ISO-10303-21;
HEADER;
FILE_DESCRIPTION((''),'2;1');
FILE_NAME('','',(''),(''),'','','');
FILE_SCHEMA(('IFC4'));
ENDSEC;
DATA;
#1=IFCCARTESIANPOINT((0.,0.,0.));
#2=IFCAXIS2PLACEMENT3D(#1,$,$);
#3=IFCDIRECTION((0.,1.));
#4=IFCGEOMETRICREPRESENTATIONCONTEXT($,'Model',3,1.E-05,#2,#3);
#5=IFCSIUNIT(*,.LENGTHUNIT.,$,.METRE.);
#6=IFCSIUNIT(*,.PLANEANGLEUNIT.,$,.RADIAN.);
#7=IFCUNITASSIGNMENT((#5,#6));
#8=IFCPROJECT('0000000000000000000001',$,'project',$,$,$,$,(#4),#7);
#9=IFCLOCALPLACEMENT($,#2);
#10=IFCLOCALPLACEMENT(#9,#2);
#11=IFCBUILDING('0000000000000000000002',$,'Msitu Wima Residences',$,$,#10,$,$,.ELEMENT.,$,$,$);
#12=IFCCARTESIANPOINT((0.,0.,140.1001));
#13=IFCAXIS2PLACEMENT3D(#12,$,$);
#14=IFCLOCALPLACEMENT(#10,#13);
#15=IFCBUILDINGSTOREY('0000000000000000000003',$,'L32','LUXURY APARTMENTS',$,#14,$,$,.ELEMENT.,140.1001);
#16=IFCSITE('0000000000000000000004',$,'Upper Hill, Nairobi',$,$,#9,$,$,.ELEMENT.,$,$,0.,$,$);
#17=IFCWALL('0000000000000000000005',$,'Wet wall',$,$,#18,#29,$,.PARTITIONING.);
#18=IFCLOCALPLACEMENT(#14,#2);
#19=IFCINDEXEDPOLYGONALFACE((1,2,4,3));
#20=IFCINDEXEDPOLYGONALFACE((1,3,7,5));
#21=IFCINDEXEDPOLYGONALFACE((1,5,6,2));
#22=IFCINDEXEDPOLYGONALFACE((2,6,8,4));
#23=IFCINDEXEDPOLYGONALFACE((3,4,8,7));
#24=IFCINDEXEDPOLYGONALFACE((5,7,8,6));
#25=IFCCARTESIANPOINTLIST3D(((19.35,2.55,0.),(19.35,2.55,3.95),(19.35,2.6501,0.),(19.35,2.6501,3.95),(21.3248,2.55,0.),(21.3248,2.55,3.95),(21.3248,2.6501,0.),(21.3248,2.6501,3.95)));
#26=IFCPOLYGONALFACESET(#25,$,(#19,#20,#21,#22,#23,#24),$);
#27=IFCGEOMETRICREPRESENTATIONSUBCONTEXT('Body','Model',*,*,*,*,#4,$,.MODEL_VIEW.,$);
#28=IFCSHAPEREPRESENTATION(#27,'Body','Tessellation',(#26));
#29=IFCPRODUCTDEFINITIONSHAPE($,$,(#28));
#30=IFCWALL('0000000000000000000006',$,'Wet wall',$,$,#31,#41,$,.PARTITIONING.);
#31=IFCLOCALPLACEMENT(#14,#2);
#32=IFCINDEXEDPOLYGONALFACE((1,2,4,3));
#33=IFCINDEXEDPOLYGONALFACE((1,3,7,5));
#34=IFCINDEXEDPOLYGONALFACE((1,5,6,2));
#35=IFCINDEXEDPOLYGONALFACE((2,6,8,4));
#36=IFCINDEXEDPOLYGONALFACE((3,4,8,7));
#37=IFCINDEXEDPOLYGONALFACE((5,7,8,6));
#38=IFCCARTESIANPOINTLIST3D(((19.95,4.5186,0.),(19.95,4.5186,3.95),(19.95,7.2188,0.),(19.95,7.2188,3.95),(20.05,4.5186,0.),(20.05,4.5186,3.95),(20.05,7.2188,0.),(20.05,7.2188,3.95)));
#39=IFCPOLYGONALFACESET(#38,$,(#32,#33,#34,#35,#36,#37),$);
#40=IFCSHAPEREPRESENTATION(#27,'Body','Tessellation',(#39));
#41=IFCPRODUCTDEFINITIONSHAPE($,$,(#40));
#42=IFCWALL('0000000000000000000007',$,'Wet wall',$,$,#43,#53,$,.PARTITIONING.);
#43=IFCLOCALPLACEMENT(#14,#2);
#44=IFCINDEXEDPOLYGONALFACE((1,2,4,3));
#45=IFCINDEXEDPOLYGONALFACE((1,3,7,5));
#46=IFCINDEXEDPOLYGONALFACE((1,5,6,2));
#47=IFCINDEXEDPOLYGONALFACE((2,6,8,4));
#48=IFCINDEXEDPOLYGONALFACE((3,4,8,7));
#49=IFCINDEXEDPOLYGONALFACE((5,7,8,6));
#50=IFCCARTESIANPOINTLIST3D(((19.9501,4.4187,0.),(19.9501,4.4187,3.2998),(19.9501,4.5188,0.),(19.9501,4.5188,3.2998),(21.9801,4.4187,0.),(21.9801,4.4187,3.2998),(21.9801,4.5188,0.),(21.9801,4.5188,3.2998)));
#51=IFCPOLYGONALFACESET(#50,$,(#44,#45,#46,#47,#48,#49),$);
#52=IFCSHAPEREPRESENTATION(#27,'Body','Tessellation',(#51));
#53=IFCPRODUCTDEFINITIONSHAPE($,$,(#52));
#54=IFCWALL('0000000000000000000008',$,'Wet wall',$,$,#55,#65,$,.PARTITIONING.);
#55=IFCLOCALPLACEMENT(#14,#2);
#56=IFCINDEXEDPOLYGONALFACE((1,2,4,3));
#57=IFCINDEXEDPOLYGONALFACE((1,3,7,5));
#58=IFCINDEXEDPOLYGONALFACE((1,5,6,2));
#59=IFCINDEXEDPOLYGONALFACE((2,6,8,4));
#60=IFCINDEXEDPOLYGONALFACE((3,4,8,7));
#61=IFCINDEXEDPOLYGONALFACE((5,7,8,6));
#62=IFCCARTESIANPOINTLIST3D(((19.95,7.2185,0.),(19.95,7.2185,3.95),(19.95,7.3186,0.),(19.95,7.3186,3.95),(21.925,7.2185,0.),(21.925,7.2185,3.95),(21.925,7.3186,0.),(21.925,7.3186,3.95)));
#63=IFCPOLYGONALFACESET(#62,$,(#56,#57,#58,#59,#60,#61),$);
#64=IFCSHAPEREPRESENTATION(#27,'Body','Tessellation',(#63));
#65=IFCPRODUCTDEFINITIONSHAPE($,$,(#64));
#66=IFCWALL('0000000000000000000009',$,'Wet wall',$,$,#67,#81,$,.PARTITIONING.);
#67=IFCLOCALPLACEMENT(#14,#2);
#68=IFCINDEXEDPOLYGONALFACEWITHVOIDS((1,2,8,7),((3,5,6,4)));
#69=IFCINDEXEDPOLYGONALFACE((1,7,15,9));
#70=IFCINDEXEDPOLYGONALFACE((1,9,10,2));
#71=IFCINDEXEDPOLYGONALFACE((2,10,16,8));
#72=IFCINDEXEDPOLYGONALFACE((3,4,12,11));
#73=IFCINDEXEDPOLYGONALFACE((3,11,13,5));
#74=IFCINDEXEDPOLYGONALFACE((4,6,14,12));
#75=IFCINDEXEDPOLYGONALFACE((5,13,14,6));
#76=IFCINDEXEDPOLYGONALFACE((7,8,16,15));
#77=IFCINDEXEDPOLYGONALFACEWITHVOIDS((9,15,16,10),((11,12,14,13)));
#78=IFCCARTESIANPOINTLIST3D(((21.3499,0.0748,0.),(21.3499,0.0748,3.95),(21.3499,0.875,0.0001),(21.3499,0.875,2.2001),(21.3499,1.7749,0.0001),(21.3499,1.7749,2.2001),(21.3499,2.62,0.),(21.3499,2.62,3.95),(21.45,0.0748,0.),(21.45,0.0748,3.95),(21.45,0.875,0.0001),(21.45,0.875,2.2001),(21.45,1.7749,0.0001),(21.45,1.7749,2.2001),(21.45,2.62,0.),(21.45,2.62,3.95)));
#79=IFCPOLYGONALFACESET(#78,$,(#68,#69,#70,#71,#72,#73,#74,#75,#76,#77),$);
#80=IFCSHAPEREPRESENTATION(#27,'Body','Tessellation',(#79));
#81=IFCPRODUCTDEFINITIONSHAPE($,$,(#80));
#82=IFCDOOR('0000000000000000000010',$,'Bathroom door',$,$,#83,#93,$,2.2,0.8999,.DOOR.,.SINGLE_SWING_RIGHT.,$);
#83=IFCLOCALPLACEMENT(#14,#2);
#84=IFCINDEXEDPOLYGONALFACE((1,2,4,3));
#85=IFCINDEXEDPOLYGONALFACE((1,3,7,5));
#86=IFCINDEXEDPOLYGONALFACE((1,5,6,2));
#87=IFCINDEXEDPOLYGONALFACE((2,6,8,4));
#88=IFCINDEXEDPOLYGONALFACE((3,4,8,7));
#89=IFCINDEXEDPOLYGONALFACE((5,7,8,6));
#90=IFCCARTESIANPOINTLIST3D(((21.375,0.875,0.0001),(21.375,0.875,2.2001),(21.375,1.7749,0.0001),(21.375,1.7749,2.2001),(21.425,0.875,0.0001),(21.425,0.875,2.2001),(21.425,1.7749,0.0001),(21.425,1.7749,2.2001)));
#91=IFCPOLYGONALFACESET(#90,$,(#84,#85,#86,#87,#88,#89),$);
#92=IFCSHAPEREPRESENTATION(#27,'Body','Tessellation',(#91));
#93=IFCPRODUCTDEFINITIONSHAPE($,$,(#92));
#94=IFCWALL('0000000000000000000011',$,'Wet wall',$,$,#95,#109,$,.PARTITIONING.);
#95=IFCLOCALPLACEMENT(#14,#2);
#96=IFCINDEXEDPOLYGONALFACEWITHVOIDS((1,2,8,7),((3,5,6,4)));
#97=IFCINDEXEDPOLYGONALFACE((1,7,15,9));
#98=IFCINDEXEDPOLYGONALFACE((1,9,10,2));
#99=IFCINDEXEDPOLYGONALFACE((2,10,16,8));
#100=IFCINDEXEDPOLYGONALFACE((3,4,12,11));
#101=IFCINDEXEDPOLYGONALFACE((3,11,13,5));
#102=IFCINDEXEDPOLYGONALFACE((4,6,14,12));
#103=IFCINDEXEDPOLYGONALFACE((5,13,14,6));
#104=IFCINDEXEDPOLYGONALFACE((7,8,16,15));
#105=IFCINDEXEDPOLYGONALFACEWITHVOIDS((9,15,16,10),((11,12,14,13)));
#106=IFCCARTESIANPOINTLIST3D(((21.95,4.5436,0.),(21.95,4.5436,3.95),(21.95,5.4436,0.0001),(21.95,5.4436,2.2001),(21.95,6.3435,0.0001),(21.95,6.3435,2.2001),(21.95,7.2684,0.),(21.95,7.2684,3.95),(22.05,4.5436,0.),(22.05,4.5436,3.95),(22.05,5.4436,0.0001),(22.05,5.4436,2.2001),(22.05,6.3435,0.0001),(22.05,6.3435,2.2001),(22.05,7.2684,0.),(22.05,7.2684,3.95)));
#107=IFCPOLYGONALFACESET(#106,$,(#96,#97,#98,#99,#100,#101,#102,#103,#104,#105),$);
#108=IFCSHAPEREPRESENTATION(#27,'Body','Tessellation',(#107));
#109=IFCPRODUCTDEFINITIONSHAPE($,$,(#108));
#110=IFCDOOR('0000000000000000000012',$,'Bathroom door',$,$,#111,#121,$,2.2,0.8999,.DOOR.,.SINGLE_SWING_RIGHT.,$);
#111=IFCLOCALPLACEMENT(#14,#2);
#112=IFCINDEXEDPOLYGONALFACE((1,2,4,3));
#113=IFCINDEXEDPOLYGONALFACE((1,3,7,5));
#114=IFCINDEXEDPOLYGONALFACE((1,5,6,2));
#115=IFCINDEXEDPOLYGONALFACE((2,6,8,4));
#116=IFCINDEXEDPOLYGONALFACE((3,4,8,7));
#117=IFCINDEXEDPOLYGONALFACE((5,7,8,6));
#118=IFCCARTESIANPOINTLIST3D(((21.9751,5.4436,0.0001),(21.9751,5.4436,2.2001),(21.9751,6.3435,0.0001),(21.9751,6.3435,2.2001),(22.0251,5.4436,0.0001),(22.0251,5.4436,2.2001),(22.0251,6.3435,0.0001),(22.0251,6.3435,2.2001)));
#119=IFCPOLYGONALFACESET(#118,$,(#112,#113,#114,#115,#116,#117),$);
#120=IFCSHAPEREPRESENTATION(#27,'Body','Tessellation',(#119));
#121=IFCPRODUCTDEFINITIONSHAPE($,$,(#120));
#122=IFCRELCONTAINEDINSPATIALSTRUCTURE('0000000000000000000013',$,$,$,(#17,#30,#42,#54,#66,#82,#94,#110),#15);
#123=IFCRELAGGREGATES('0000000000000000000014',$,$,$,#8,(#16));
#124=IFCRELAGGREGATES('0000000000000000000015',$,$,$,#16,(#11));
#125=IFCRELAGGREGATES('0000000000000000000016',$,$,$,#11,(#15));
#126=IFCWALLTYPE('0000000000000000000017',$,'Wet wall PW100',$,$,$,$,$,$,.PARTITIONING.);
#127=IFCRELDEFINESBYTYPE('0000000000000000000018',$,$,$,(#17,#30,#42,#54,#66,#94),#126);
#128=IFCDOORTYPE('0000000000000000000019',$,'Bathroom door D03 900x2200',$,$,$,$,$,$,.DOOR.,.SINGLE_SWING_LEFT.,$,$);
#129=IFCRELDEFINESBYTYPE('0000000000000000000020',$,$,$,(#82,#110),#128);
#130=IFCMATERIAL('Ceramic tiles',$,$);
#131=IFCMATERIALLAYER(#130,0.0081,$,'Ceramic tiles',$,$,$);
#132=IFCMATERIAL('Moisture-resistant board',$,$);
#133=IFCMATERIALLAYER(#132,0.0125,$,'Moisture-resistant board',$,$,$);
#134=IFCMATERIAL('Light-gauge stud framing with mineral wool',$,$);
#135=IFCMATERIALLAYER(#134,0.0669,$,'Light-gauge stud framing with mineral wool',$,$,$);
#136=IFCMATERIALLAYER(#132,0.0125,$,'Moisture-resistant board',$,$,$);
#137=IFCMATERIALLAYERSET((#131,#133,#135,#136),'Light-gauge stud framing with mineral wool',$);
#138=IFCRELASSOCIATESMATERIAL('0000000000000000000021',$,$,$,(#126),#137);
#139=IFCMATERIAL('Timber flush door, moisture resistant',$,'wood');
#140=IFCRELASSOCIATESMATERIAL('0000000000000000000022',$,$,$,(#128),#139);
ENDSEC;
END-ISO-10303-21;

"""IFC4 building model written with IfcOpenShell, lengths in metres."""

from ifc_helpers import new_model, si_unit, direction, frame, frame_2d, origin, place, context, subcontext, project, spatial, rectangle, extrude, material, layer, layer_set, type_object, element, fill, save


model = new_model("IFC4")

# Units and contexts
model_context = context("Model", 3, precision=1e-05, world=origin(), true_north=direction((0.0, 1.0)))
body_context = subcontext(model_context, "Body", "Model", "MODEL_VIEW")
ifc_project = project(units=[si_unit("LENGTHUNIT", "METRE"), si_unit("PLANEANGLEUNIT", "RADIAN")], contexts=[model_context])

# Site, building, storey
site_placement = place(None, origin())
site = spatial("IfcSite", under=ifc_project, at=site_placement, Name="Upper Hill, Nairobi", CompositionType="ELEMENT", RefElevation=0.0)
building_placement = place(site_placement, origin())
building = spatial("IfcBuilding", under=site, at=building_placement, Name="Msitu Wima Residences", CompositionType="ELEMENT")
storey_placement = place(building_placement, frame((0.0, 0.0, 140.1001)))
storey = spatial("IfcBuildingStorey", under=building, at=storey_placement, Name="L32", Description="LUXURY APARTMENTS", CompositionType="ELEMENT", Elevation=140.1001)

# Walls
ifc_material_1 = material(Name="Ceramic tiles")
ifc_layer_1 = layer(ifc_material_1, 0.0081, Name="Ceramic tiles")
ifc_material_2 = material(Name="Moisture-resistant board")
ifc_layer_2 = layer(ifc_material_2, 0.0125, Name="Moisture-resistant board")
ifc_material_3 = material(Name="Light-gauge stud framing with mineral wool")
ifc_layer_3 = layer(ifc_material_3, 0.0669, Name="Light-gauge stud framing with mineral wool")
ifc_layer_4 = layer(ifc_material_2, 0.0125, Name="Moisture-resistant board")
ifc_layer_set_1 = layer_set([ifc_layer_1, ifc_layer_2, ifc_layer_3, ifc_layer_4], Name="Light-gauge stud framing with mineral wool")
wall_type_1 = type_object("IfcWallType", Name="Wet wall PW100", PredefinedType="PARTITIONING", material=ifc_layer_set_1)
wall_1_placement = place(storey_placement, frame((19.3501, 2.6001, 0.0), z_axis=(0.0, 0.0, 1.0), x_axis=(1.0, 0.0, 0.0)))
element("IfcWall", 1, at=wall_1_placement, inside=storey, type_object=wall_type_1, Name="Wet wall", PredefinedType="PARTITIONING", context=body_context, shape_type="SweptSolid", body=[
    extrude(rectangle(XDim=1.9749, YDim=0.1001, at=frame_2d((0.9873, 0.0))), origin(), (0.0, 0.0, 1.0), 3.95),
])
wall_2_placement = place(storey_placement, frame((20.0, 4.5186, 0.0), z_axis=(0.0, 0.0, 1.0), x_axis=(0.0, 1.0, 0.0)))
element("IfcWall", 2, at=wall_2_placement, inside=storey, type_object=wall_type_1, Name="Wet wall", PredefinedType="PARTITIONING", context=body_context, shape_type="SweptSolid", body=[
    extrude(rectangle(XDim=2.7002, YDim=0.1001, at=frame_2d((1.3501, 0.0))), origin(), (0.0, 0.0, 1.0), 3.95),
])
wall_3_placement = place(storey_placement, frame((19.95, 4.4688, 0.0), z_axis=(0.0, 0.0, 1.0), x_axis=(1.0, 0.0, 0.0)))
element("IfcWall", 3, at=wall_3_placement, inside=storey, type_object=wall_type_1, Name="Wet wall", PredefinedType="PARTITIONING", context=body_context, shape_type="SweptSolid", body=[
    extrude(rectangle(XDim=2.03, YDim=0.1001, at=frame_2d((1.0151, 0.0))), origin(), (0.0, 0.0, 1.0), 3.2998),
])
wall_4_placement = place(storey_placement, frame((19.95, 7.2686, 0.0), z_axis=(0.0, 0.0, 1.0), x_axis=(1.0, 0.0, 0.0)))
element("IfcWall", 4, at=wall_4_placement, inside=storey, type_object=wall_type_1, Name="Wet wall", PredefinedType="PARTITIONING", context=body_context, shape_type="SweptSolid", body=[
    extrude(rectangle(XDim=1.9751, YDim=0.1001, at=frame_2d((0.9875, 0.0))), origin(), (0.0, 0.0, 1.0), 3.95),
])

# Walls, openings, doors
wall_5_placement = place(storey_placement, frame((21.3999, 0.075, 0.0), z_axis=(0.0, 0.0, 1.0), x_axis=(0.0, 1.0, 0.0)))
wall_5 = element("IfcWall", 5, at=wall_5_placement, inside=storey, type_object=wall_type_1, Name="Wet wall", PredefinedType="PARTITIONING", context=body_context, shape_type="SweptSolid", body=[
    extrude(rectangle(XDim=2.5452, YDim=0.1001, at=frame_2d((1.2725, 0.0))), origin(), (0.0, 0.0, 1.0), 3.95),
])
opening_1_placement = place(wall_5_placement, frame((0.8, 0.0, 0.0)))
opening_1 = element("IfcOpeningElement", 6, at=opening_1_placement, cuts=wall_5, PredefinedType="OPENING", context=body_context, shape_type="SweptSolid", body=[
    extrude(rectangle(XDim=0.8999, YDim=2.2, at=frame_2d((0.45, 1.1001))), frame((0.0, 0.0601, 0.0), z_axis=(0.0, -1.0, 0.0), x_axis=(1.0, 0.0, 0.0)), (0.0, 0.0, 1.0), 0.1201),
])
ifc_material_4 = material(Name="Timber flush door, moisture resistant", Category="wood")
door_type_1 = type_object("IfcDoorType", Name="Bathroom door D03 900x2200", OperationType="SINGLE_SWING_LEFT", PredefinedType="DOOR", material=ifc_material_4)
door_1_placement = place(opening_1_placement, origin())
door_1 = element("IfcDoor", 7, at=door_1_placement, inside=storey, type_object=door_type_1, Name="Bathroom door", OperationType="SINGLE_SWING_RIGHT", OverallHeight=2.2, OverallWidth=0.8999, PredefinedType="DOOR", context=body_context, shape_type="SweptSolid", body=[
    extrude(rectangle(XDim=0.8999, YDim=2.2, at=frame_2d((0.45, 1.1001))), frame((0.0, 0.0249, 0.0), z_axis=(0.0, -1.0, 0.0), x_axis=(1.0, 0.0, 0.0)), (0.0, 0.0, 1.0), 0.05),
])
fill(opening_1, door_1)
wall_6_placement = place(storey_placement, frame((22.0, 4.5437, 0.0), z_axis=(0.0, 0.0, 1.0), x_axis=(0.0, 1.0, 0.0)))
wall_6 = element("IfcWall", 8, at=wall_6_placement, inside=storey, type_object=wall_type_1, Name="Wet wall", PredefinedType="PARTITIONING", context=body_context, shape_type="SweptSolid", body=[
    extrude(rectangle(XDim=2.7249, YDim=0.1001, at=frame_2d((1.3623, 0.0))), origin(), (0.0, 0.0, 1.0), 3.95),
])
opening_2_placement = place(wall_6_placement, frame((0.8999, 0.0, 0.0)))
opening_2 = element("IfcOpeningElement", 9, at=opening_2_placement, cuts=wall_6, PredefinedType="OPENING", context=body_context, shape_type="SweptSolid", body=[
    extrude(rectangle(XDim=0.8999, YDim=2.2, at=frame_2d((0.45, 1.1001))), frame((0.0, 0.0601, 0.0), z_axis=(0.0, -1.0, 0.0), x_axis=(1.0, 0.0, 0.0)), (0.0, 0.0, 1.0), 0.1201),
])
door_2_placement = place(opening_2_placement, origin())
door_2 = element("IfcDoor", 10, at=door_2_placement, inside=storey, type_object=door_type_1, Name="Bathroom door", OperationType="SINGLE_SWING_RIGHT", OverallHeight=2.2, OverallWidth=0.8999, PredefinedType="DOOR", context=body_context, shape_type="SweptSolid", body=[
    extrude(rectangle(XDim=0.8999, YDim=2.2, at=frame_2d((0.45, 1.1001))), frame((0.0, 0.0249, 0.0), z_axis=(0.0, -1.0, 0.0), x_axis=(1.0, 0.0, 0.0)), (0.0, 0.0, 1.0), 0.05),
])
fill(opening_2, door_2)

save(model, "model.ifc")
